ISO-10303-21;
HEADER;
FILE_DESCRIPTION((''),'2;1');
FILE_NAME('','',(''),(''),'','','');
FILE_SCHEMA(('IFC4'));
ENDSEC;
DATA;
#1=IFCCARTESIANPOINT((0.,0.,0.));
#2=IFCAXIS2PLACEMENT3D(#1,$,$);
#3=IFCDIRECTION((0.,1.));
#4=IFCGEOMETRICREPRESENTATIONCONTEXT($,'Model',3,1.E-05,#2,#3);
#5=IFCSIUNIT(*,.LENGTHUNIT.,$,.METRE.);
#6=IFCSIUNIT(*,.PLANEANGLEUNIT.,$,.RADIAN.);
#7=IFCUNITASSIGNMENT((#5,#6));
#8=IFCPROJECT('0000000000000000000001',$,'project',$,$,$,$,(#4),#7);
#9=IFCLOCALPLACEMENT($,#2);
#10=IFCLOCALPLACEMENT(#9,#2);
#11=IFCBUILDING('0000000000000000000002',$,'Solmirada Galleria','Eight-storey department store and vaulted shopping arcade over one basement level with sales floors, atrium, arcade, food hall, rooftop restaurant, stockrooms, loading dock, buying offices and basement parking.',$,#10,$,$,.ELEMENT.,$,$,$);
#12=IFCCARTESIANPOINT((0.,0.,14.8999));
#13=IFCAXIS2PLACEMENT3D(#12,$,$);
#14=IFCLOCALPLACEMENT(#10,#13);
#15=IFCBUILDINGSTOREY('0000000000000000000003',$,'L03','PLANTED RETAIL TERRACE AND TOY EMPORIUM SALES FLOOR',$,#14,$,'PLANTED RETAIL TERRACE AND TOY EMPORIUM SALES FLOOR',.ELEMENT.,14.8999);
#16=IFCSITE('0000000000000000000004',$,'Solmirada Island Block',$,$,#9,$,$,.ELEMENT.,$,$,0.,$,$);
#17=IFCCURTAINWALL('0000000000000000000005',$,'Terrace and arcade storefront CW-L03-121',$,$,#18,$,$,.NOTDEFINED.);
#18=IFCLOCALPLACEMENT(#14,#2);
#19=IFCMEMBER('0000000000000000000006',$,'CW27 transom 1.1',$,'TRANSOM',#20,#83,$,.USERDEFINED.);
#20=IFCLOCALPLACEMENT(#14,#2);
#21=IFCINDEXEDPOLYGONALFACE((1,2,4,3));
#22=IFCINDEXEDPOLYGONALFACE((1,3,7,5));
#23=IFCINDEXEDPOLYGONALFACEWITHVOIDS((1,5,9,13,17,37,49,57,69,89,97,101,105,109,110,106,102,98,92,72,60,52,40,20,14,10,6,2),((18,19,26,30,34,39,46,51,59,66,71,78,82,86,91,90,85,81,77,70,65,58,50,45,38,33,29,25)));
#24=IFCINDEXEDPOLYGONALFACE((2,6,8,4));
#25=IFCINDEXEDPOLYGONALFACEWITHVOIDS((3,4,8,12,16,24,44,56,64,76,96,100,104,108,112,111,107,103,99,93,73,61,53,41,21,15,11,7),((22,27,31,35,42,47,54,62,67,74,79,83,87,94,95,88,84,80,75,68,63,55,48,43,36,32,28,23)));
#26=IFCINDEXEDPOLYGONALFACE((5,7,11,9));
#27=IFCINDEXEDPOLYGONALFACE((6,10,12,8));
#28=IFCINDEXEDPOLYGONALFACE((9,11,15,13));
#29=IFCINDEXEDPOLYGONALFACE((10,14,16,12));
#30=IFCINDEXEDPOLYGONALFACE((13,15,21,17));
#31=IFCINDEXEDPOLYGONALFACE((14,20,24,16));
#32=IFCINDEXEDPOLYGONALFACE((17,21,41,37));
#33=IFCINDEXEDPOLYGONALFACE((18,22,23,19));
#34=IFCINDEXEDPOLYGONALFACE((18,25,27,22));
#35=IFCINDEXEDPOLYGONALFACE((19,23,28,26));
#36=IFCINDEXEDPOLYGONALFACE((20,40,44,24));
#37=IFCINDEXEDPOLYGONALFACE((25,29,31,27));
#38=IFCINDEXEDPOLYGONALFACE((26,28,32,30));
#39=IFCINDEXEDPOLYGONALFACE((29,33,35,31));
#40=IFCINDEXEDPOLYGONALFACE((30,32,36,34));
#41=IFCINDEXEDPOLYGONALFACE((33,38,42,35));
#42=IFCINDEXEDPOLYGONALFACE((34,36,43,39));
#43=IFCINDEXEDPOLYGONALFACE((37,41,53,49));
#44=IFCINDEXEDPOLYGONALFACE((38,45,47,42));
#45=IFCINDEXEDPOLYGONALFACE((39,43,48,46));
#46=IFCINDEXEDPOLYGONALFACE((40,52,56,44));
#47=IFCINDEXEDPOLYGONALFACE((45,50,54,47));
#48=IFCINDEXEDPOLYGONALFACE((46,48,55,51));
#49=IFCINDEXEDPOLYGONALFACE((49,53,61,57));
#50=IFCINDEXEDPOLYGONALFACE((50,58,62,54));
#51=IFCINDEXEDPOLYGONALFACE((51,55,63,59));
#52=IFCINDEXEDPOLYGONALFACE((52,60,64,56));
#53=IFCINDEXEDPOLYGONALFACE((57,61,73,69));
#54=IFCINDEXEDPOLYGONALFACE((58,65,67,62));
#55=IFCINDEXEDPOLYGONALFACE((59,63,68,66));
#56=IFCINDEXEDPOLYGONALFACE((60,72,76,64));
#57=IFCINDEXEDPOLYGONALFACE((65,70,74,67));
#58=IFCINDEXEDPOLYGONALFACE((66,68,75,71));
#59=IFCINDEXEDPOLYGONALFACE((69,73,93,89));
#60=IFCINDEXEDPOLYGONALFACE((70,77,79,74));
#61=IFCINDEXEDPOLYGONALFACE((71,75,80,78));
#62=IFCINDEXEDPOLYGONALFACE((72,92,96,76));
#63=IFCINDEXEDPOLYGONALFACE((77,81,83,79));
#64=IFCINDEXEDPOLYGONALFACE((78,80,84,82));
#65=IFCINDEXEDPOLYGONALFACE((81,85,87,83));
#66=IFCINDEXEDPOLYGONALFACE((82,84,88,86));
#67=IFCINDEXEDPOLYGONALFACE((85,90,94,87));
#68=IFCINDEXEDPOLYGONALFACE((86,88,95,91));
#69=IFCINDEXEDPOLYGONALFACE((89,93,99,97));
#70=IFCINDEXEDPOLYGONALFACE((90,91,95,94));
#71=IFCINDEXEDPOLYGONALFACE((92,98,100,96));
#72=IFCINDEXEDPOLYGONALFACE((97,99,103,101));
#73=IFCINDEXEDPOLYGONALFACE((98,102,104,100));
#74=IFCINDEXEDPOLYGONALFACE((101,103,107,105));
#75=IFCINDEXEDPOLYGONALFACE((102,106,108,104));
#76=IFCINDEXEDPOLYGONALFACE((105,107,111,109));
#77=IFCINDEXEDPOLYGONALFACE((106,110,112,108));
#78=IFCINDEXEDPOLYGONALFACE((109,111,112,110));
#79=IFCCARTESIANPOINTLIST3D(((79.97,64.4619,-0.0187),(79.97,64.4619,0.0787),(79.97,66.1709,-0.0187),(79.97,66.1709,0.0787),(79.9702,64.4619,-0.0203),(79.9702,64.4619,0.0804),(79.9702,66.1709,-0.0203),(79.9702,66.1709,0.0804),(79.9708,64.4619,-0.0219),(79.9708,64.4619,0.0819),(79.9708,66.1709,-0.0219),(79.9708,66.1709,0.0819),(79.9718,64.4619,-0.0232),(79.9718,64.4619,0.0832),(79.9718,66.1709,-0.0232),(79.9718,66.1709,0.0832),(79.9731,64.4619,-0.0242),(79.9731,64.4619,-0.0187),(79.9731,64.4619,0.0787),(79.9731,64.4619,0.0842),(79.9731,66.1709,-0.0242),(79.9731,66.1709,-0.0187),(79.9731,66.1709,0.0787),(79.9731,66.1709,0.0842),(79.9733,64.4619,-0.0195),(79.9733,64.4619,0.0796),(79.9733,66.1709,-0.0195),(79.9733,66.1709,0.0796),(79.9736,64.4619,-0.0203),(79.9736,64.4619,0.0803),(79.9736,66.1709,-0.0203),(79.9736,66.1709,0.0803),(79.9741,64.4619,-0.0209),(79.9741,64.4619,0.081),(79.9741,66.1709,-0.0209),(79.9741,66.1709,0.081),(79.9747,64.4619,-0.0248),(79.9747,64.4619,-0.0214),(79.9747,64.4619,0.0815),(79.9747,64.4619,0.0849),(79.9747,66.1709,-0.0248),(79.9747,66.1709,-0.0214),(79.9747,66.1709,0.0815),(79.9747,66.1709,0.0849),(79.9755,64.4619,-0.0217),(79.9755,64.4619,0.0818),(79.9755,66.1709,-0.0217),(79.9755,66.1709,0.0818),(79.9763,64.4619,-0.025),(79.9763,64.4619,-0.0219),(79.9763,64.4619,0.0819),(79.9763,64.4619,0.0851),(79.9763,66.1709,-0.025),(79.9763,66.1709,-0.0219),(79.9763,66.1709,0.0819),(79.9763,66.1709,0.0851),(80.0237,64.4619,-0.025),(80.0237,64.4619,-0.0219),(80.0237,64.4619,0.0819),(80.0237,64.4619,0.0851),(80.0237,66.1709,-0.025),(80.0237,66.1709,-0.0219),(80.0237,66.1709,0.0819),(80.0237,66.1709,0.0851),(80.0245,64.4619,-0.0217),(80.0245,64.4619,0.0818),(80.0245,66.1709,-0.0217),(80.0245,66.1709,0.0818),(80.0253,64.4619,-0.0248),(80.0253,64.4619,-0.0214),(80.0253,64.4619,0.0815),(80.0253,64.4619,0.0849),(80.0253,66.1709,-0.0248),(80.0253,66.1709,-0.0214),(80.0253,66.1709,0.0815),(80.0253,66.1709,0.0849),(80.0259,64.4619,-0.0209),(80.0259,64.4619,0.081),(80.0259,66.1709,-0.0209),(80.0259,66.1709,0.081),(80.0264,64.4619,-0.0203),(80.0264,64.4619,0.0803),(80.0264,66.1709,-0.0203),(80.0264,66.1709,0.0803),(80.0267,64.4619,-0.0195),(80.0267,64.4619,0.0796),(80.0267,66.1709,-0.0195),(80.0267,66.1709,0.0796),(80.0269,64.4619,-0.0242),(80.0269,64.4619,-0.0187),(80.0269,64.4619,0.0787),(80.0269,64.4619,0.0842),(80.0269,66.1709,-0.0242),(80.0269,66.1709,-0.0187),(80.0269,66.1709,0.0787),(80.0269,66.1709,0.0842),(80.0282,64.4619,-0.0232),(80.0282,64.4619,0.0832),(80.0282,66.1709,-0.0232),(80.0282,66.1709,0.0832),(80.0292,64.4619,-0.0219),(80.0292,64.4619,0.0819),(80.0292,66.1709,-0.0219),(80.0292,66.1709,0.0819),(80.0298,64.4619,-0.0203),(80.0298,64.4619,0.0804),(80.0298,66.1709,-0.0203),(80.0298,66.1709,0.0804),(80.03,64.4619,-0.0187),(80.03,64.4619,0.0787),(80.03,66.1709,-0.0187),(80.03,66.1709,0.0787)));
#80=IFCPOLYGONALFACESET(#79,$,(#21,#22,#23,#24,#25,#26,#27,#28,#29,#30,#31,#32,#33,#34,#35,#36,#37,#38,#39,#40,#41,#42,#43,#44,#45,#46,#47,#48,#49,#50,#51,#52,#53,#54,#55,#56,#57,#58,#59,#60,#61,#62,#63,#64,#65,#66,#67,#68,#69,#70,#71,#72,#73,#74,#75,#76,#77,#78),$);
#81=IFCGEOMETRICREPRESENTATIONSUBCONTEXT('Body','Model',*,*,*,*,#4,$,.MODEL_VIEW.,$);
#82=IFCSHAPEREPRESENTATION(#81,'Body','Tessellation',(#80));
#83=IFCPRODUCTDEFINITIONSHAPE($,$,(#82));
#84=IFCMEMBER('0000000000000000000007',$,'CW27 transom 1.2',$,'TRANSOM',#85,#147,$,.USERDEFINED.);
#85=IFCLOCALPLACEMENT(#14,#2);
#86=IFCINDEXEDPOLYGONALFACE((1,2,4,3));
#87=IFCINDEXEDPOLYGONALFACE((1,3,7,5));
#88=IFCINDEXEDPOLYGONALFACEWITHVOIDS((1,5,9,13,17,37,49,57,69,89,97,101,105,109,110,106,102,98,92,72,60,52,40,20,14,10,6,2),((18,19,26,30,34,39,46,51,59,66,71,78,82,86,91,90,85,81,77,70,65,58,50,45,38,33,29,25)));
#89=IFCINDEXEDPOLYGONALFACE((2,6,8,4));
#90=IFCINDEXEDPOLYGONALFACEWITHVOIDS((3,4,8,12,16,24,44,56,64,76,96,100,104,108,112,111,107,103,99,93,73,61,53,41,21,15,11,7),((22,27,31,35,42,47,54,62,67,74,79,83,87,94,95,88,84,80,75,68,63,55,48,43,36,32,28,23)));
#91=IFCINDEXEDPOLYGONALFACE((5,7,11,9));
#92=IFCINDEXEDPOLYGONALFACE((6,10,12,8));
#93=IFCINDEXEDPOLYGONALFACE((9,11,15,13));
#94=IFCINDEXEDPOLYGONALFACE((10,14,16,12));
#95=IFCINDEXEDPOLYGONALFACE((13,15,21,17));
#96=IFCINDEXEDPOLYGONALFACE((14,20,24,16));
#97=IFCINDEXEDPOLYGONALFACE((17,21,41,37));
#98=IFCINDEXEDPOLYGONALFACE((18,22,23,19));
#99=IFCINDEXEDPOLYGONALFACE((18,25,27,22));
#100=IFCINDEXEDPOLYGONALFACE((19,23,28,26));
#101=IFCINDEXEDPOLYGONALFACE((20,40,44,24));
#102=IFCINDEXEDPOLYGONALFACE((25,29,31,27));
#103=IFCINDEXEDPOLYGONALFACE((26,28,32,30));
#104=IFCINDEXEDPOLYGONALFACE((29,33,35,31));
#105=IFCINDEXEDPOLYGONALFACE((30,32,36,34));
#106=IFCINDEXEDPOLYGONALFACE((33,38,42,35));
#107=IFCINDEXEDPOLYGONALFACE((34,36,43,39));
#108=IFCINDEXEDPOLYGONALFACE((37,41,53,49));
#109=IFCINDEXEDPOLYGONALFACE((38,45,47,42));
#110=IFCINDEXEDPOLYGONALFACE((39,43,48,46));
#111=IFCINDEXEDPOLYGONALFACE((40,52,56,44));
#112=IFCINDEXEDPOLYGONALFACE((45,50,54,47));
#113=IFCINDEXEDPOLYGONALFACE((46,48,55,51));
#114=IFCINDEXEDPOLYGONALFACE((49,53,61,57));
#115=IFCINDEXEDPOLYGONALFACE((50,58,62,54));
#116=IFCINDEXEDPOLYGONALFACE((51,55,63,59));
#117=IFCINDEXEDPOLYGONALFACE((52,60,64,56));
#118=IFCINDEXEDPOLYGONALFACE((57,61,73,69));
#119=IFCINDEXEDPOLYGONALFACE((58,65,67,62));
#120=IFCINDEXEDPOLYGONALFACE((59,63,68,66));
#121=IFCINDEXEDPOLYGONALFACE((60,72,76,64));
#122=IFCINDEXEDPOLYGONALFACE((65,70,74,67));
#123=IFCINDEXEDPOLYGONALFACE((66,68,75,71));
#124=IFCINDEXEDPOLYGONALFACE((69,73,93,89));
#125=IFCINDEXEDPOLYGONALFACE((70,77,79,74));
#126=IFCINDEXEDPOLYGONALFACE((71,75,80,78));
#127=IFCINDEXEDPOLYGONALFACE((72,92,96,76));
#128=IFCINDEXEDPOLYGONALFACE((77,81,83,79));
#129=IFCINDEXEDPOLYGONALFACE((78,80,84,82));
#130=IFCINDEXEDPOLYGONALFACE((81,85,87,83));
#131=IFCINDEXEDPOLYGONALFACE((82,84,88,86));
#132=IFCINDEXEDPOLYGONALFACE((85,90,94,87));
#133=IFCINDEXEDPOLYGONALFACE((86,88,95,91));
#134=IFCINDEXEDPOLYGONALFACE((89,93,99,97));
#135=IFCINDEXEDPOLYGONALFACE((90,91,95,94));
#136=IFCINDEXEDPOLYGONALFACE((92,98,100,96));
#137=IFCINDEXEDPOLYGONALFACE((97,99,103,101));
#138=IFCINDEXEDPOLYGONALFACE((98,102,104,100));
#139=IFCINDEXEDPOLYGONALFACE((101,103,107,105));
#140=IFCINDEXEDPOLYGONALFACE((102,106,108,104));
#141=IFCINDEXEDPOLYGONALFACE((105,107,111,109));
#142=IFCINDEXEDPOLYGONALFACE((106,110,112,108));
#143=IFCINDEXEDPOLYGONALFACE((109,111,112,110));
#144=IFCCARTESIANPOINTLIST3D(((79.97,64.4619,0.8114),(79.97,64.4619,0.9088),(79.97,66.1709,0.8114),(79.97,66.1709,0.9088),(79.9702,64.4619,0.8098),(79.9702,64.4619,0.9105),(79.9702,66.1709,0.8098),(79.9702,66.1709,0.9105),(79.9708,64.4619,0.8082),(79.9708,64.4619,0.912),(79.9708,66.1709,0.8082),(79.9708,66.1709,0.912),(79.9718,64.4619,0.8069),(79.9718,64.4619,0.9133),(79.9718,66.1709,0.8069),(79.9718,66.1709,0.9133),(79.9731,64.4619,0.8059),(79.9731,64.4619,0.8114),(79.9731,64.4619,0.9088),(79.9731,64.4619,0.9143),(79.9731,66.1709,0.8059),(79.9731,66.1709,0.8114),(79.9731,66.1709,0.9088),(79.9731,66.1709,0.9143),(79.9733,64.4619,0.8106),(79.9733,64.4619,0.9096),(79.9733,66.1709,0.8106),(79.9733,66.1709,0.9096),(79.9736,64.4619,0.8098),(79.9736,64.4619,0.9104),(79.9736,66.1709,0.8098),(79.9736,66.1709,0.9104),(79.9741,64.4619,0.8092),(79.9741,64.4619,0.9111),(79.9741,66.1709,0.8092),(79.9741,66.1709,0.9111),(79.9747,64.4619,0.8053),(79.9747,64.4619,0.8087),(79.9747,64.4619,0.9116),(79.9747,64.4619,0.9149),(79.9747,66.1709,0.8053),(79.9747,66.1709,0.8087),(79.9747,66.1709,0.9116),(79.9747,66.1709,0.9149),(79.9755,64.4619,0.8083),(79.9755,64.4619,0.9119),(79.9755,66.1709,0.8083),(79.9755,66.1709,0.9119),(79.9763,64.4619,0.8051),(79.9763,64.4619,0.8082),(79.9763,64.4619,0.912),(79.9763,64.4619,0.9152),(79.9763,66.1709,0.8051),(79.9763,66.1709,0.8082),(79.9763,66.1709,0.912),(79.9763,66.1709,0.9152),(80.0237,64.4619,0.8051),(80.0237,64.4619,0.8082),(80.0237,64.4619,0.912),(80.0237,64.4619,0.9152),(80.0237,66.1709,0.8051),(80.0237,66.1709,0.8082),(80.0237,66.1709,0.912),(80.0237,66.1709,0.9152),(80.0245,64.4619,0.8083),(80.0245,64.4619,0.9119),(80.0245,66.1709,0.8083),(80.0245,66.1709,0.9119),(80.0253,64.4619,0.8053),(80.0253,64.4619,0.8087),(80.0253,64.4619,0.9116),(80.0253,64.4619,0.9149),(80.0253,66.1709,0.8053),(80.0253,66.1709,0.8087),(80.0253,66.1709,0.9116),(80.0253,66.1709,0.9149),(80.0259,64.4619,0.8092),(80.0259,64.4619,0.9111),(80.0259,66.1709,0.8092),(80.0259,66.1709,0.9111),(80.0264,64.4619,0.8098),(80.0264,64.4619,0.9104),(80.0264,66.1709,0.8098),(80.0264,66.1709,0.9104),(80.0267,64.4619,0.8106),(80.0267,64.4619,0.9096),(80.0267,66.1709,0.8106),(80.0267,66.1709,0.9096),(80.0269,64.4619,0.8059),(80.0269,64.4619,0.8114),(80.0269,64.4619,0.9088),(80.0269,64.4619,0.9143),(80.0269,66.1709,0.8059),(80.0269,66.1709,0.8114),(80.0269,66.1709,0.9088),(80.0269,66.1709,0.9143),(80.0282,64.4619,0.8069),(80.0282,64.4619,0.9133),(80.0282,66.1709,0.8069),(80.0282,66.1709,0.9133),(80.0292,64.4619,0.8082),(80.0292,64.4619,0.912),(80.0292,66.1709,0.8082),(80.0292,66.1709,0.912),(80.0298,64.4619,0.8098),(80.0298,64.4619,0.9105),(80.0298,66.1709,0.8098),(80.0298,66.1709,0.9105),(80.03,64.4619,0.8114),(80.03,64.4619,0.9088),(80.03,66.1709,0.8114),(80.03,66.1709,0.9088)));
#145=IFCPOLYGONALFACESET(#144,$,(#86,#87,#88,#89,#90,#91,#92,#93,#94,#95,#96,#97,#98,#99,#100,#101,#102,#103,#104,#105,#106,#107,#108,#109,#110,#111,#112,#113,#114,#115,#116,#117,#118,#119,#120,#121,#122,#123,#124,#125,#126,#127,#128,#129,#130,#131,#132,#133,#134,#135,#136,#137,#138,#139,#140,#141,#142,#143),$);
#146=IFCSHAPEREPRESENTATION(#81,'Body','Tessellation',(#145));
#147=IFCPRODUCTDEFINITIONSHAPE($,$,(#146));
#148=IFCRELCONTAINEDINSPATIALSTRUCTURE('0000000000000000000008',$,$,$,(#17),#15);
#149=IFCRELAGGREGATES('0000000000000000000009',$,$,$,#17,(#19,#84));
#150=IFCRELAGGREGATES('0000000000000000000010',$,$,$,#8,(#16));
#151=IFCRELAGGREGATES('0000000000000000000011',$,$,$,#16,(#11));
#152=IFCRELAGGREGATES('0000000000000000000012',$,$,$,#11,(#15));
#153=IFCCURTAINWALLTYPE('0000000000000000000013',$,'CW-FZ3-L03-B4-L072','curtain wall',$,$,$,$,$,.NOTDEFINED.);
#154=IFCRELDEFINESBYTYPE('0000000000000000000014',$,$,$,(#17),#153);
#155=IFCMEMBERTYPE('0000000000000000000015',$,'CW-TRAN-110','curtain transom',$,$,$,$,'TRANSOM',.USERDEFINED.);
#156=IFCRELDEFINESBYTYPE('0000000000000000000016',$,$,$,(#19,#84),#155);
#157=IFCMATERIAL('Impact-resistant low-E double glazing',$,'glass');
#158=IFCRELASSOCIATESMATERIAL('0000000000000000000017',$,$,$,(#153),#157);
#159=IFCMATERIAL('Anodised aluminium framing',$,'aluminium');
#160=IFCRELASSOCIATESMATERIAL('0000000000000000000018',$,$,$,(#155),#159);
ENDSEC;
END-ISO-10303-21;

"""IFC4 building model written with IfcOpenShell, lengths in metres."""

from ifc_helpers import new_model, si_unit, direction, frame, origin, origin_2d, place, context, subcontext, project, spatial, hollow_rectangle, extrude, material, material_profile, profile_set, type_object, element, aggregate, save


model = new_model("IFC4")

# Units and contexts
model_context = context("Model", 3, precision=1e-05, world=origin(), true_north=direction((0.0, 1.0)))
body_context = subcontext(model_context, "Body", "Model", "MODEL_VIEW")
ifc_project = project(units=[si_unit("LENGTHUNIT", "METRE"), si_unit("PLANEANGLEUNIT", "RADIAN")], contexts=[model_context])

# Site, building, storey
site_placement = place(None, origin())
site = spatial("IfcSite", under=ifc_project, at=site_placement, Name="Solmirada Island Block", CompositionType="ELEMENT", RefElevation=0.0)
building_placement = place(site_placement, origin())
building = spatial("IfcBuilding", under=site, at=building_placement, Name="Solmirada Galleria", Description="Eight-storey department store and vaulted shopping arcade over one basement level with sales floors, atrium, arcade, food hall, rooftop restaurant, stockrooms, loading dock, buying offices and basement parking.", CompositionType="ELEMENT")
storey_placement = place(building_placement, frame((0.0, 0.0, 14.8999)))
storey = spatial("IfcBuildingStorey", under=building, at=storey_placement, Name="L03", Description="PLANTED RETAIL TERRACE AND TOY EMPORIUM SALES FLOOR", LongName="PLANTED RETAIL TERRACE AND TOY EMPORIUM SALES FLOOR", CompositionType="ELEMENT", Elevation=14.8999)

# Shared definitions
ifc_material_1 = material(Name="Impact-resistant low-E double glazing", Category="glass")
curtain_wall_type = type_object("IfcCurtainWallType", Name="CW-FZ3-L03-B4-L072", Description="curtain wall", PredefinedType="NOTDEFINED", material=ifc_material_1)
ifc_material_2 = material(Name="Anodised aluminium framing", Category="aluminium")

# Curtain wall
curtain_wall_1_placement = place(storey_placement, origin())
curtain_wall_1 = element("IfcCurtainWall", 1, at=curtain_wall_1_placement, inside=storey, type_object=curtain_wall_type, Name="Terrace and arcade storefront CW-L03-121", PredefinedType="NOTDEFINED")

# Members
ifc_material_profile_1 = material_profile(ifc_material_2, hollow_rectangle(XDim=0.0601, YDim=0.1101, WallThickness=0.0032, InnerFilletRadius=0.0032, OuterFilletRadius=0.0063, at=origin_2d()), Name="ALU-TRAN-110X60")
ifc_profile_set_1 = profile_set([ifc_material_profile_1], Name="Anodised aluminium framing")
member_type_1 = type_object("IfcMemberType", Name="CW-TRAN-110", Description="curtain transom", ElementType="TRANSOM", PredefinedType="USERDEFINED", material=ifc_profile_set_1)
member_1_placement = place(storey_placement, frame((80.0, 64.4619, 0.03), z_axis=(0.0, 1.0, 0.0), x_axis=(-1.0, 0.0, 0.0)))
member_1 = element("IfcMember", 2, at=member_1_placement, type_object=member_type_1, Name="CW27 transom 1.1", ObjectType="TRANSOM", PredefinedType="USERDEFINED", context=body_context, shape_type="SweptSolid", body=[
    extrude(hollow_rectangle(XDim=0.0601, YDim=0.1101, WallThickness=0.0032, InnerFilletRadius=0.0032, OuterFilletRadius=0.0063, at=origin_2d()), origin(), (0.0, 0.0, 1.0), 1.709),
])
member_2_placement = place(storey_placement, frame((80.0, 64.4619, 0.8601), z_axis=(0.0, 1.0, 0.0), x_axis=(-1.0, 0.0, 0.0)))
member_2 = element("IfcMember", 3, at=member_2_placement, type_object=member_type_1, Name="CW27 transom 1.2", ObjectType="TRANSOM", PredefinedType="USERDEFINED", context=body_context, shape_type="SweptSolid", body=[
    extrude(hollow_rectangle(XDim=0.0601, YDim=0.1101, WallThickness=0.0032, InnerFilletRadius=0.0032, OuterFilletRadius=0.0063, at=origin_2d()), origin(), (0.0, 0.0, 1.0), 1.709),
])

aggregate(curtain_wall_1, [member_1, member_2])

save(model, "model.ifc")
